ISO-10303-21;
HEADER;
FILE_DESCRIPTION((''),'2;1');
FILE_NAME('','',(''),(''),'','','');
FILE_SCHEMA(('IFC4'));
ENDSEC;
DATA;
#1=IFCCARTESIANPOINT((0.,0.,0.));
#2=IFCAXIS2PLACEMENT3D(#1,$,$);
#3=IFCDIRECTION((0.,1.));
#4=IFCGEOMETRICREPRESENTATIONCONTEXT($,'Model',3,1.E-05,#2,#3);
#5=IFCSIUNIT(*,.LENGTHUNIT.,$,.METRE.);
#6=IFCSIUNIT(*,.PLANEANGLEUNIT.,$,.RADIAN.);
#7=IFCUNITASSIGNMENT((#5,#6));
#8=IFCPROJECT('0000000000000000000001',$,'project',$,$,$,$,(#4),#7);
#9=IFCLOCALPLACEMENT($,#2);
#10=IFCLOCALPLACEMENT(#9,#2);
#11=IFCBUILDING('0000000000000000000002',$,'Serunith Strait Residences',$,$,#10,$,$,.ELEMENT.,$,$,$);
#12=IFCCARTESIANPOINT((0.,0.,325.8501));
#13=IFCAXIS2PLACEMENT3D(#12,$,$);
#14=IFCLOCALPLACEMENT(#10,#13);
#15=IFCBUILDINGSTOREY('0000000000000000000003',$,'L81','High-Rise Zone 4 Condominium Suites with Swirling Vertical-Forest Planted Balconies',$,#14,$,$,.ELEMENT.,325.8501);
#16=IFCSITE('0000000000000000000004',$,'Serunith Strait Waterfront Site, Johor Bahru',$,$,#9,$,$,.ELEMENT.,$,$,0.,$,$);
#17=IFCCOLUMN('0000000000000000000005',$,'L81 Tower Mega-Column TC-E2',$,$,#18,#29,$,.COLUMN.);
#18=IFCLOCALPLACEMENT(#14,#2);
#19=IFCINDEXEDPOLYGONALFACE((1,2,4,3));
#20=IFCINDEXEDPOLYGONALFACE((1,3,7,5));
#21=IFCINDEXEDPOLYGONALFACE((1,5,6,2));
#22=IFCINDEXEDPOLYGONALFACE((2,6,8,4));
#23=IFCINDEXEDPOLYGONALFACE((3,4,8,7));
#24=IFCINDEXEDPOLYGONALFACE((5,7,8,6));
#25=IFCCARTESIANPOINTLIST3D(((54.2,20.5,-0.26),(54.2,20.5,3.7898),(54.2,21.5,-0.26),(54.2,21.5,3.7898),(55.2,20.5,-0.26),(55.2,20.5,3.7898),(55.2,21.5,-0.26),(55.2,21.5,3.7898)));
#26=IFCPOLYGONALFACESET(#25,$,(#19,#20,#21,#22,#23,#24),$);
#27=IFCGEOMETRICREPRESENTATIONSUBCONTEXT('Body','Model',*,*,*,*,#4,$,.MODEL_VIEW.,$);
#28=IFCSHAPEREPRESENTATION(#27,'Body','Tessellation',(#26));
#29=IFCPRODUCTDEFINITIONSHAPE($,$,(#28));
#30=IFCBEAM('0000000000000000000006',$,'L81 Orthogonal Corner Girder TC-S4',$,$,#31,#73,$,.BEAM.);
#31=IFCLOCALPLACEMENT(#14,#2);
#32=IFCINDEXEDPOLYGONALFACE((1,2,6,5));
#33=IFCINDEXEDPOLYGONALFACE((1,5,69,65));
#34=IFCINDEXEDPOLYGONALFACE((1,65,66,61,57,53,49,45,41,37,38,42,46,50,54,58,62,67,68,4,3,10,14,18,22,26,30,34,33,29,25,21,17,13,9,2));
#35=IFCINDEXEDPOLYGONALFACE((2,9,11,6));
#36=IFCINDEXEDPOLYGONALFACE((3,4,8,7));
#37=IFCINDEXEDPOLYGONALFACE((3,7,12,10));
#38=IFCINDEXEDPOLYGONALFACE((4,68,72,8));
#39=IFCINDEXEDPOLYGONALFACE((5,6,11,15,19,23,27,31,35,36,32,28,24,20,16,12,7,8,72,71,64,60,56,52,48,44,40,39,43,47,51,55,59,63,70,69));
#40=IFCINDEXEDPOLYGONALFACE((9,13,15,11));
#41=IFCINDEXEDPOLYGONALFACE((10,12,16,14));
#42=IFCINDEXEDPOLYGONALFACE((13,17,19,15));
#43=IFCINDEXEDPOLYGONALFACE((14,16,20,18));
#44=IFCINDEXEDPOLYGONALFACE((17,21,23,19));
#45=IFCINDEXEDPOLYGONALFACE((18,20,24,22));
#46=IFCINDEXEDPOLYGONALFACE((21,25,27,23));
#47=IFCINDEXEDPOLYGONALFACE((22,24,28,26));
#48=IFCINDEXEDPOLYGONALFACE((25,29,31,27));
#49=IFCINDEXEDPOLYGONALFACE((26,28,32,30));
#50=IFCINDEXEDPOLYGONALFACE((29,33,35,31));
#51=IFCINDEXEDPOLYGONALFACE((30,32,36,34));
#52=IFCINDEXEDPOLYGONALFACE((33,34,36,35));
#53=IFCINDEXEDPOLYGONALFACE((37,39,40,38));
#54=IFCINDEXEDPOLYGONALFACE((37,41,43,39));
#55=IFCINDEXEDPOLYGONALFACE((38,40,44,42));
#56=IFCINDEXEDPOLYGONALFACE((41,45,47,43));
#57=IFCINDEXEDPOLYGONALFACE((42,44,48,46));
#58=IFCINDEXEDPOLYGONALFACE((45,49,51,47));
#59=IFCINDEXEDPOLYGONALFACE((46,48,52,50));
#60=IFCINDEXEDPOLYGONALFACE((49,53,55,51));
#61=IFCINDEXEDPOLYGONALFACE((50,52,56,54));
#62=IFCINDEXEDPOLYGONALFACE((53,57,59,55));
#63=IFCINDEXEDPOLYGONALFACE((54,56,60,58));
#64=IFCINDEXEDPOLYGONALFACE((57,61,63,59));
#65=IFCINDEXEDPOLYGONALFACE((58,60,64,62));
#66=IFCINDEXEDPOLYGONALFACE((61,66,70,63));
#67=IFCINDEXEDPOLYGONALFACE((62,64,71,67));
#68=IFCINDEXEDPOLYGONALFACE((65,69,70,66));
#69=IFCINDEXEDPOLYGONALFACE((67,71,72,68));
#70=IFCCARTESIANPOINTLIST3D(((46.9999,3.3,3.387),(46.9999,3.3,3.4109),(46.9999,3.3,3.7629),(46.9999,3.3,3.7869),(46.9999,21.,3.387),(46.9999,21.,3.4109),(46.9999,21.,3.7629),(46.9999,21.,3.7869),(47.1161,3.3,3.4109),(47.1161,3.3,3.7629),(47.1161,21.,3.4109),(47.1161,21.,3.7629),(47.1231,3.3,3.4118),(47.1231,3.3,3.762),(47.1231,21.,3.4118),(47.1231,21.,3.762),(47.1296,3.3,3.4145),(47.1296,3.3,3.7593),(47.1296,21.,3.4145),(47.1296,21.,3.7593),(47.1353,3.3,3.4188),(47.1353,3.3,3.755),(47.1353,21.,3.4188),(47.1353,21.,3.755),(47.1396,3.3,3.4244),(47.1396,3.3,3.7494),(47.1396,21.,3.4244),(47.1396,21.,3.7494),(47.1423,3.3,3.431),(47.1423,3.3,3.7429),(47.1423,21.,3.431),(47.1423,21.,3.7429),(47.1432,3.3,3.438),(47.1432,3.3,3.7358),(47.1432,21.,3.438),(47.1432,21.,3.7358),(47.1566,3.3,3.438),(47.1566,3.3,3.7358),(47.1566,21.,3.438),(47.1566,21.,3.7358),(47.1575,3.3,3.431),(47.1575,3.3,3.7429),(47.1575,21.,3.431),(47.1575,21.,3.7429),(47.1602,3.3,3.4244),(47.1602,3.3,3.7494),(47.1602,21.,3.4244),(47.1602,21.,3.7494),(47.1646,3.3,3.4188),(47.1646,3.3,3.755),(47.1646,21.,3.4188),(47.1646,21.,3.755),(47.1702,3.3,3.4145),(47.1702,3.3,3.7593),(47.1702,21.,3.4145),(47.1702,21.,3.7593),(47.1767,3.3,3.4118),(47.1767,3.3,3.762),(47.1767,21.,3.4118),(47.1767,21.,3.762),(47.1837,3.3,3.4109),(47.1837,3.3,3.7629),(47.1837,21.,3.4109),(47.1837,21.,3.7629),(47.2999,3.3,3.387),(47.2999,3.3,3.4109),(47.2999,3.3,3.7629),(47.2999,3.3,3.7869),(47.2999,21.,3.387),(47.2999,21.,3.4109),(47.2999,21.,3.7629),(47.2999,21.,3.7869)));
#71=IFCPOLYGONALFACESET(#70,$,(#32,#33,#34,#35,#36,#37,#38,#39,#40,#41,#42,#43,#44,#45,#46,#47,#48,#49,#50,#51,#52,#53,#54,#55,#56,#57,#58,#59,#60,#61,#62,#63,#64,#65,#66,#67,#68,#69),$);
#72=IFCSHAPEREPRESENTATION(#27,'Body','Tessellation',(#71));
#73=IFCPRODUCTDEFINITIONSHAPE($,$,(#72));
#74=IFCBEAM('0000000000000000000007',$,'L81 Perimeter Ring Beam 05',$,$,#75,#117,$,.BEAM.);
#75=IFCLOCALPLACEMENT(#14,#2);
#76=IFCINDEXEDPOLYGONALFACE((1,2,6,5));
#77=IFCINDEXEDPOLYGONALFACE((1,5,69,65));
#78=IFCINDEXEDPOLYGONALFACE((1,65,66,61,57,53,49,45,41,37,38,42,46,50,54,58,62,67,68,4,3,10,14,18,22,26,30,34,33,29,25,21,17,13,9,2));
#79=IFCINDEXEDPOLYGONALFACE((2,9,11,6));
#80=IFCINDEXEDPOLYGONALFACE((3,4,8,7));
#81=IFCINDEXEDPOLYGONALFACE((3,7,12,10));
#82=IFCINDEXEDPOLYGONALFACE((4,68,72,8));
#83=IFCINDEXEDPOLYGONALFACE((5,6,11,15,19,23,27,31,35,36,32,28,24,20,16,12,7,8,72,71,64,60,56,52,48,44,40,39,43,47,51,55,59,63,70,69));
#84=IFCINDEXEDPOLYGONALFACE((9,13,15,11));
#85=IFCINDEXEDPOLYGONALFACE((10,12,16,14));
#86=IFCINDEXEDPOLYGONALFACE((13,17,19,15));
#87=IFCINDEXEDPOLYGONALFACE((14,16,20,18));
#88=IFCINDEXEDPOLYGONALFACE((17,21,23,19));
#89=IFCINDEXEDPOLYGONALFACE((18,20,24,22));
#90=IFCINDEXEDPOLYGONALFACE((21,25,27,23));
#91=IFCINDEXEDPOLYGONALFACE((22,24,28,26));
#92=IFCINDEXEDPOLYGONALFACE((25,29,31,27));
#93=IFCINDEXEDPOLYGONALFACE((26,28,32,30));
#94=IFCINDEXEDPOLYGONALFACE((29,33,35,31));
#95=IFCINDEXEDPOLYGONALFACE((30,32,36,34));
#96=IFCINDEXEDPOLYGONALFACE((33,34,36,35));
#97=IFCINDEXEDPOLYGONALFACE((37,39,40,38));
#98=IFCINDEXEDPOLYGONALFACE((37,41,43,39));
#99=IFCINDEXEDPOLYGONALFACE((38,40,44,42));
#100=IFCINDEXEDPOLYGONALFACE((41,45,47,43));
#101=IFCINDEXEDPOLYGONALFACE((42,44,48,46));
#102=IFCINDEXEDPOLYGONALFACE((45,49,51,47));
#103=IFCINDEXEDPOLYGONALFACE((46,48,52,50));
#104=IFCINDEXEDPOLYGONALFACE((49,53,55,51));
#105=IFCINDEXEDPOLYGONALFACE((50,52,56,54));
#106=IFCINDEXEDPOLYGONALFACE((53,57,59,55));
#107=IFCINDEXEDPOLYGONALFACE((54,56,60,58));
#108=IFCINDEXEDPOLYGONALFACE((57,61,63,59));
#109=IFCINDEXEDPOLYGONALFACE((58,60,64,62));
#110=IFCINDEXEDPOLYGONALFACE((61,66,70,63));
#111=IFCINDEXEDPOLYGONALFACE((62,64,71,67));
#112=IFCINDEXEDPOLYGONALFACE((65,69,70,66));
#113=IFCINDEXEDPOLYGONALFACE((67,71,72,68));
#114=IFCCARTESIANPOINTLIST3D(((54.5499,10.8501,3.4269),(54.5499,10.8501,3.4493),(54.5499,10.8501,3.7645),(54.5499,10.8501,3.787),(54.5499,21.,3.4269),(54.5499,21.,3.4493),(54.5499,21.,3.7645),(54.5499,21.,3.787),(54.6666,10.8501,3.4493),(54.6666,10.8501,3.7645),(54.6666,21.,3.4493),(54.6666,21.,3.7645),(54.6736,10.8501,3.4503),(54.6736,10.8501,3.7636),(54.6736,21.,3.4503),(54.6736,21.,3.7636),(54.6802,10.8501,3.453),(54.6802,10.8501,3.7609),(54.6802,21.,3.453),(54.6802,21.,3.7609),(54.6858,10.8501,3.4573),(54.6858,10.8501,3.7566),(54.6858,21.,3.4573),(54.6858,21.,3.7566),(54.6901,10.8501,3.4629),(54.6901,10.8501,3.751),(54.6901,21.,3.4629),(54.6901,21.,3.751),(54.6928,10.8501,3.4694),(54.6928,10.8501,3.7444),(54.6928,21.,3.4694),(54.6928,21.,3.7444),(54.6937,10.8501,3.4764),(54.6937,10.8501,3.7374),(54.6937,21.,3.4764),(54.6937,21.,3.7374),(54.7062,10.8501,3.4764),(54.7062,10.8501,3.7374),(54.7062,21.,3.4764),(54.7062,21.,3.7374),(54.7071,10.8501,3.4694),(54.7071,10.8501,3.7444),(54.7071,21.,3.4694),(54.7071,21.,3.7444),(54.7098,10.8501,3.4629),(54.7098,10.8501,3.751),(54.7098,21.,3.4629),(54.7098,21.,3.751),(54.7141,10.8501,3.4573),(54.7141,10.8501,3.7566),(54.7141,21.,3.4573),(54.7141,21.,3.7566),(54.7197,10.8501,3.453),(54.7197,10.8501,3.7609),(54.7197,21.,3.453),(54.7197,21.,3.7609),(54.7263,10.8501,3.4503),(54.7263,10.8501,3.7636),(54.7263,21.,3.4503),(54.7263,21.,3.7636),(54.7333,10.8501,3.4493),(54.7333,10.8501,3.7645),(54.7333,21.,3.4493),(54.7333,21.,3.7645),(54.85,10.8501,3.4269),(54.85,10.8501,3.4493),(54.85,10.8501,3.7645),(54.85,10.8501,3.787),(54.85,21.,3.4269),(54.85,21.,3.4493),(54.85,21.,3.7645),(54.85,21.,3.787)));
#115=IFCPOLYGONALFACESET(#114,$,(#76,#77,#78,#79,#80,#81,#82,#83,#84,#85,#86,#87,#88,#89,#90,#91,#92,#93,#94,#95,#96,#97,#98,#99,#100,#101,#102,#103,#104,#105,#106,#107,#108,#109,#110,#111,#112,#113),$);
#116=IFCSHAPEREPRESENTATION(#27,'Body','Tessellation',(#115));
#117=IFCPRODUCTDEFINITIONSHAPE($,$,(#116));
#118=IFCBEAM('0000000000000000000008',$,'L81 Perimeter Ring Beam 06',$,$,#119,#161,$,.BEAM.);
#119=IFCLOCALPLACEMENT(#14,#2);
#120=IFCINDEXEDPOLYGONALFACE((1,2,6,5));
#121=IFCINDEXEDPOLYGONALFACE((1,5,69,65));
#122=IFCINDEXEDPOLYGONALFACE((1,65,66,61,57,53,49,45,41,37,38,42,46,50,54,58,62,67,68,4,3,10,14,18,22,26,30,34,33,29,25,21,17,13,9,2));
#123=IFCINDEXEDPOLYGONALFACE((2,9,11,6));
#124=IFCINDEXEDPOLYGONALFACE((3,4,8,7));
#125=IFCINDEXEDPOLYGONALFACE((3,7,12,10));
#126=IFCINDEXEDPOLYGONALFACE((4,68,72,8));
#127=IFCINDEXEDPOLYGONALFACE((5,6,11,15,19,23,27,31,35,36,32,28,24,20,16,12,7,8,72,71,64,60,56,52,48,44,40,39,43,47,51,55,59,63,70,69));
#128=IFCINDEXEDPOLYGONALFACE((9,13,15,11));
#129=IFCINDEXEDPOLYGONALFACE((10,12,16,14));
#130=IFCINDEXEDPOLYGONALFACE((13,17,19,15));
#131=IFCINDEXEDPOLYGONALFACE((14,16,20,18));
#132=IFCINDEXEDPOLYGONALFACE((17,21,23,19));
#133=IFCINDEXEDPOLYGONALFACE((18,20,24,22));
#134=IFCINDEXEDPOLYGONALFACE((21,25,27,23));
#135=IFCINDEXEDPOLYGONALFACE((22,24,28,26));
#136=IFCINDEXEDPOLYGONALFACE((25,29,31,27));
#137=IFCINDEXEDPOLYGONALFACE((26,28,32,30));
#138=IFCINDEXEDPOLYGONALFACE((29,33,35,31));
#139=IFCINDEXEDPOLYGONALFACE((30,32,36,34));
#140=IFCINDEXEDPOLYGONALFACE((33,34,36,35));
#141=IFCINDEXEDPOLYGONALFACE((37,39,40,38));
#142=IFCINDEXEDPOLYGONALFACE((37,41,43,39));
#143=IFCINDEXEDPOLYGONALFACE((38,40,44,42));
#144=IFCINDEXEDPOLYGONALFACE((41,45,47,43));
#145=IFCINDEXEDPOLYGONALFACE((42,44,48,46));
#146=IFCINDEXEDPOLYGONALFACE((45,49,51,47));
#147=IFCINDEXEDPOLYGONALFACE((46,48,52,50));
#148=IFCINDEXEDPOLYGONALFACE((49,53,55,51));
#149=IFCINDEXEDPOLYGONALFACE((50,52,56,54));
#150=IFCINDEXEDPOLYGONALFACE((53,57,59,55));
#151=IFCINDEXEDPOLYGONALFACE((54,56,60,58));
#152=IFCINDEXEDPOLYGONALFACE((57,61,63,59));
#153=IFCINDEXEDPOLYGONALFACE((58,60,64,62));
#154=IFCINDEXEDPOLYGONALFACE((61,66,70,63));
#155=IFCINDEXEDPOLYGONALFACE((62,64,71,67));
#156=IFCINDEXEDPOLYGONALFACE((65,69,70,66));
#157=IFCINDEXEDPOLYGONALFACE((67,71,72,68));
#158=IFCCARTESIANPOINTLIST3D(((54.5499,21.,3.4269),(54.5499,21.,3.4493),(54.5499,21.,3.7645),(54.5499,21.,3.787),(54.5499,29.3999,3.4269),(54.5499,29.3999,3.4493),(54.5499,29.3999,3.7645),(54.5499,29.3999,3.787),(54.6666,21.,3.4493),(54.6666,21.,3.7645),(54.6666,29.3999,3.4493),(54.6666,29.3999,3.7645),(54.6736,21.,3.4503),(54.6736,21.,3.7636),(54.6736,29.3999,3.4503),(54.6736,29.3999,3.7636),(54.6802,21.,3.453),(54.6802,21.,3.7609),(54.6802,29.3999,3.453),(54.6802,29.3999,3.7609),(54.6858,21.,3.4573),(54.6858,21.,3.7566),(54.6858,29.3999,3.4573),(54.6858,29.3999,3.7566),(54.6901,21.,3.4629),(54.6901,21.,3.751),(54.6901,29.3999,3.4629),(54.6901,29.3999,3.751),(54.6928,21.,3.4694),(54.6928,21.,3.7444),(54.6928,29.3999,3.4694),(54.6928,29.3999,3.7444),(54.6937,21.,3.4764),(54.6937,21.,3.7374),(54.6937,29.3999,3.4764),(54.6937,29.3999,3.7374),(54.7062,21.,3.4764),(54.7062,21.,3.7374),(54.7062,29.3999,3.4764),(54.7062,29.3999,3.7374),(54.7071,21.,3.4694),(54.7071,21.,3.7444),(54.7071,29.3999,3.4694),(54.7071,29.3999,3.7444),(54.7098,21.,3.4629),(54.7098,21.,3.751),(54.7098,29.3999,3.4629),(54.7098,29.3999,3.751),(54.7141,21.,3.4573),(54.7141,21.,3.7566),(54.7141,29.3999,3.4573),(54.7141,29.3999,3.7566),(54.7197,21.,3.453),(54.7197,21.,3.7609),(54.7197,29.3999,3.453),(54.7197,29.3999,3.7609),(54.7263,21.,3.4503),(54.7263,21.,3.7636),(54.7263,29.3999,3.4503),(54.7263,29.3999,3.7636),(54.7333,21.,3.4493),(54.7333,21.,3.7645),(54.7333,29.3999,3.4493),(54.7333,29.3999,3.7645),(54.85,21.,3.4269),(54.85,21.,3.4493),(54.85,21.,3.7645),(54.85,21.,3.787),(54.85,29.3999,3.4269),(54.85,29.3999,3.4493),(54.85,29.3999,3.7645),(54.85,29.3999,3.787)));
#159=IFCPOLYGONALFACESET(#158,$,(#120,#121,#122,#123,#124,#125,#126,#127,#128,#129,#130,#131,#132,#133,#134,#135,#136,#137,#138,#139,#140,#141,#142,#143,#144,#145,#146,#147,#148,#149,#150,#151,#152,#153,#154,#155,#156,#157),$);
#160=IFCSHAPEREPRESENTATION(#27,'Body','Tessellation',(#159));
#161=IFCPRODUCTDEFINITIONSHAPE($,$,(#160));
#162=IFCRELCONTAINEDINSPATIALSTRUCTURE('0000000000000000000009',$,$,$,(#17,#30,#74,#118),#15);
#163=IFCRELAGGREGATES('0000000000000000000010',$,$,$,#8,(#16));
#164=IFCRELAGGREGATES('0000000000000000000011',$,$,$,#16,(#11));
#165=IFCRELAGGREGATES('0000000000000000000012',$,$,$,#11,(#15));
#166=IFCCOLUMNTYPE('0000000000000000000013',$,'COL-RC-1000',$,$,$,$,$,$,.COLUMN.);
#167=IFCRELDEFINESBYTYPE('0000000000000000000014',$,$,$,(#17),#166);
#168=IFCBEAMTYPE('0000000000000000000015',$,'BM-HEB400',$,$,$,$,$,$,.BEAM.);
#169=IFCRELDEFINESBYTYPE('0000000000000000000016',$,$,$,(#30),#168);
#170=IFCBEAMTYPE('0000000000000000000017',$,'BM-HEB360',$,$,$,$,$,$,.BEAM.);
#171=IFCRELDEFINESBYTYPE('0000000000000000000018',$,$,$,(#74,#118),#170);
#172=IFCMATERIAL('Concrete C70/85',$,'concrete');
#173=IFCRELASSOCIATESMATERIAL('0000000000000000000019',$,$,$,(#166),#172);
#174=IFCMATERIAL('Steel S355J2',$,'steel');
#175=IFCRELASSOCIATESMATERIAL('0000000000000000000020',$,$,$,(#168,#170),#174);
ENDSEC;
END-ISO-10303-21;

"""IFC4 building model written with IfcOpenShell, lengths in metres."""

from ifc_helpers import new_model, si_unit, direction, frame, origin, origin_2d, place, context, subcontext, project, spatial, rectangle, i_section, extrude, source, transform, mapped, material, material_profile, profile_set, type_object, element, save


model = new_model("IFC4")

# Units and contexts
model_context = context("Model", 3, precision=1e-05, world=origin(), true_north=direction((0.0, 1.0)))
body_context = subcontext(model_context, "Body", "Model", "MODEL_VIEW")
ifc_project = project(units=[si_unit("LENGTHUNIT", "METRE"), si_unit("PLANEANGLEUNIT", "RADIAN")], contexts=[model_context])

# Site, building, storey
site_placement = place(None, origin())
site = spatial("IfcSite", under=ifc_project, at=site_placement, Name="Serunith Strait Waterfront Site, Johor Bahru", CompositionType="ELEMENT", RefElevation=0.0)
building_placement = place(site_placement, origin())
building = spatial("IfcBuilding", under=site, at=building_placement, Name="Serunith Strait Residences", CompositionType="ELEMENT")
storey_placement = place(building_placement, frame((0.0, 0.0, 325.8501)))
storey = spatial("IfcBuildingStorey", under=building, at=storey_placement, Name="L81", Description="High-Rise Zone 4 Condominium Suites with Swirling Vertical-Forest Planted Balconies", CompositionType="ELEMENT", Elevation=325.8501)

# Column
ifc_material_1 = material(Name="Concrete C70/85", Category="concrete")
ifc_material_profile_1 = material_profile(ifc_material_1, rectangle(XDim=1.0, YDim=1.0, at=origin_2d()), Name="RC 1000x1000")
ifc_profile_set_1 = profile_set([ifc_material_profile_1], Name="Concrete C70/85")
column_type = type_object("IfcColumnType", Name="COL-RC-1000", PredefinedType="COLUMN", material=ifc_profile_set_1)
shared_shape_1 = source(origin(), body_context, "Body", "SweptSolid", [
    extrude(rectangle(XDim=1.0, YDim=1.0, at=origin_2d()), origin(), (0.0, 0.0, 1.0), 4.0498),
])
column_placement = place(storey_placement, frame((54.7, 21.0, -0.26), z_axis=(0.0, 0.0, 1.0), x_axis=(1.0, 0.0, 0.0)))
element("IfcColumn", 1, at=column_placement, inside=storey, type_object=column_type, Name="L81 Tower Mega-Column TC-E2", PredefinedType="COLUMN", context=body_context, shape_type="MappedRepresentation", body=[
    mapped(shared_shape_1, transform((0.0, 0.0, 0.0), scale=1.0)),
])

# Beams
ifc_material_2 = material(Name="Steel S355J2", Category="steel")
ifc_material_profile_2 = material_profile(ifc_material_2, i_section(OverallWidth=0.3, OverallDepth=0.3999, WebThickness=0.0134, FlangeThickness=0.0239, FilletRadius=0.0271, at=origin_2d()), Name="HEB 400")
ifc_profile_set_2 = profile_set([ifc_material_profile_2], Name="Steel S355J2")
beam_type_1 = type_object("IfcBeamType", Name="BM-HEB400", PredefinedType="BEAM", material=ifc_profile_set_2)
shared_shape_2 = source(origin(), body_context, "Body", "SweptSolid", [
    extrude(i_section(OverallWidth=0.3, OverallDepth=0.3999, WebThickness=0.0134, FlangeThickness=0.0239, FilletRadius=0.0271, at=origin_2d()), origin(), (0.0, 0.0, 1.0), 17.7),
])
beam_1_placement = place(storey_placement, frame((47.1499, 21.0, 3.5869), z_axis=(0.0, -1.0, 0.0), x_axis=(1.0, 0.0, 0.0)))
element("IfcBeam", 2, at=beam_1_placement, inside=storey, type_object=beam_type_1, Name="L81 Orthogonal Corner Girder TC-S4", PredefinedType="BEAM", context=body_context, shape_type="MappedRepresentation", body=[
    mapped(shared_shape_2, transform((0.0, 0.0, 0.0), scale=1.0)),
])
ifc_material_profile_3 = material_profile(ifc_material_2, i_section(OverallWidth=0.3, OverallDepth=0.3601, WebThickness=0.0125, FlangeThickness=0.0225, FilletRadius=0.0271, at=origin_2d()), Name="HEB 360")
ifc_profile_set_3 = profile_set([ifc_material_profile_3], Name="Steel S355J2")
beam_type_2 = type_object("IfcBeamType", Name="BM-HEB360", PredefinedType="BEAM", material=ifc_profile_set_3)
shared_shape_3 = source(origin(), body_context, "Body", "SweptSolid", [
    extrude(i_section(OverallWidth=0.3, OverallDepth=0.3601, WebThickness=0.0125, FlangeThickness=0.0225, FilletRadius=0.0271, at=origin_2d()), origin(), (0.0, 0.0, 1.0), 10.1499),
])
beam_2_placement = place(storey_placement, frame((54.7, 10.8501, 3.6069), z_axis=(0.0, 1.0, 0.0), x_axis=(-1.0, 0.0, 0.0)))
element("IfcBeam", 3, at=beam_2_placement, inside=storey, type_object=beam_type_2, Name="L81 Perimeter Ring Beam 05", PredefinedType="BEAM", context=body_context, shape_type="MappedRepresentation", body=[
    mapped(shared_shape_3, transform((0.0, 0.0, 0.0), scale=1.0)),
])
shared_shape_4 = source(origin(), body_context, "Body", "SweptSolid", [
    extrude(i_section(OverallWidth=0.3, OverallDepth=0.3601, WebThickness=0.0125, FlangeThickness=0.0225, FilletRadius=0.0271, at=origin_2d()), origin(), (0.0, 0.0, 1.0), 8.3999),
])
beam_3_placement = place(storey_placement, frame((54.7, 21.0, 3.6069), z_axis=(0.0, 1.0, 0.0), x_axis=(-1.0, 0.0, 0.0)))
element("IfcBeam", 4, at=beam_3_placement, inside=storey, type_object=beam_type_2, Name="L81 Perimeter Ring Beam 06", PredefinedType="BEAM", context=body_context, shape_type="MappedRepresentation", body=[
    mapped(shared_shape_4, transform((0.0, 0.0, 0.0), scale=1.0)),
])

save(model, "model.ifc")
